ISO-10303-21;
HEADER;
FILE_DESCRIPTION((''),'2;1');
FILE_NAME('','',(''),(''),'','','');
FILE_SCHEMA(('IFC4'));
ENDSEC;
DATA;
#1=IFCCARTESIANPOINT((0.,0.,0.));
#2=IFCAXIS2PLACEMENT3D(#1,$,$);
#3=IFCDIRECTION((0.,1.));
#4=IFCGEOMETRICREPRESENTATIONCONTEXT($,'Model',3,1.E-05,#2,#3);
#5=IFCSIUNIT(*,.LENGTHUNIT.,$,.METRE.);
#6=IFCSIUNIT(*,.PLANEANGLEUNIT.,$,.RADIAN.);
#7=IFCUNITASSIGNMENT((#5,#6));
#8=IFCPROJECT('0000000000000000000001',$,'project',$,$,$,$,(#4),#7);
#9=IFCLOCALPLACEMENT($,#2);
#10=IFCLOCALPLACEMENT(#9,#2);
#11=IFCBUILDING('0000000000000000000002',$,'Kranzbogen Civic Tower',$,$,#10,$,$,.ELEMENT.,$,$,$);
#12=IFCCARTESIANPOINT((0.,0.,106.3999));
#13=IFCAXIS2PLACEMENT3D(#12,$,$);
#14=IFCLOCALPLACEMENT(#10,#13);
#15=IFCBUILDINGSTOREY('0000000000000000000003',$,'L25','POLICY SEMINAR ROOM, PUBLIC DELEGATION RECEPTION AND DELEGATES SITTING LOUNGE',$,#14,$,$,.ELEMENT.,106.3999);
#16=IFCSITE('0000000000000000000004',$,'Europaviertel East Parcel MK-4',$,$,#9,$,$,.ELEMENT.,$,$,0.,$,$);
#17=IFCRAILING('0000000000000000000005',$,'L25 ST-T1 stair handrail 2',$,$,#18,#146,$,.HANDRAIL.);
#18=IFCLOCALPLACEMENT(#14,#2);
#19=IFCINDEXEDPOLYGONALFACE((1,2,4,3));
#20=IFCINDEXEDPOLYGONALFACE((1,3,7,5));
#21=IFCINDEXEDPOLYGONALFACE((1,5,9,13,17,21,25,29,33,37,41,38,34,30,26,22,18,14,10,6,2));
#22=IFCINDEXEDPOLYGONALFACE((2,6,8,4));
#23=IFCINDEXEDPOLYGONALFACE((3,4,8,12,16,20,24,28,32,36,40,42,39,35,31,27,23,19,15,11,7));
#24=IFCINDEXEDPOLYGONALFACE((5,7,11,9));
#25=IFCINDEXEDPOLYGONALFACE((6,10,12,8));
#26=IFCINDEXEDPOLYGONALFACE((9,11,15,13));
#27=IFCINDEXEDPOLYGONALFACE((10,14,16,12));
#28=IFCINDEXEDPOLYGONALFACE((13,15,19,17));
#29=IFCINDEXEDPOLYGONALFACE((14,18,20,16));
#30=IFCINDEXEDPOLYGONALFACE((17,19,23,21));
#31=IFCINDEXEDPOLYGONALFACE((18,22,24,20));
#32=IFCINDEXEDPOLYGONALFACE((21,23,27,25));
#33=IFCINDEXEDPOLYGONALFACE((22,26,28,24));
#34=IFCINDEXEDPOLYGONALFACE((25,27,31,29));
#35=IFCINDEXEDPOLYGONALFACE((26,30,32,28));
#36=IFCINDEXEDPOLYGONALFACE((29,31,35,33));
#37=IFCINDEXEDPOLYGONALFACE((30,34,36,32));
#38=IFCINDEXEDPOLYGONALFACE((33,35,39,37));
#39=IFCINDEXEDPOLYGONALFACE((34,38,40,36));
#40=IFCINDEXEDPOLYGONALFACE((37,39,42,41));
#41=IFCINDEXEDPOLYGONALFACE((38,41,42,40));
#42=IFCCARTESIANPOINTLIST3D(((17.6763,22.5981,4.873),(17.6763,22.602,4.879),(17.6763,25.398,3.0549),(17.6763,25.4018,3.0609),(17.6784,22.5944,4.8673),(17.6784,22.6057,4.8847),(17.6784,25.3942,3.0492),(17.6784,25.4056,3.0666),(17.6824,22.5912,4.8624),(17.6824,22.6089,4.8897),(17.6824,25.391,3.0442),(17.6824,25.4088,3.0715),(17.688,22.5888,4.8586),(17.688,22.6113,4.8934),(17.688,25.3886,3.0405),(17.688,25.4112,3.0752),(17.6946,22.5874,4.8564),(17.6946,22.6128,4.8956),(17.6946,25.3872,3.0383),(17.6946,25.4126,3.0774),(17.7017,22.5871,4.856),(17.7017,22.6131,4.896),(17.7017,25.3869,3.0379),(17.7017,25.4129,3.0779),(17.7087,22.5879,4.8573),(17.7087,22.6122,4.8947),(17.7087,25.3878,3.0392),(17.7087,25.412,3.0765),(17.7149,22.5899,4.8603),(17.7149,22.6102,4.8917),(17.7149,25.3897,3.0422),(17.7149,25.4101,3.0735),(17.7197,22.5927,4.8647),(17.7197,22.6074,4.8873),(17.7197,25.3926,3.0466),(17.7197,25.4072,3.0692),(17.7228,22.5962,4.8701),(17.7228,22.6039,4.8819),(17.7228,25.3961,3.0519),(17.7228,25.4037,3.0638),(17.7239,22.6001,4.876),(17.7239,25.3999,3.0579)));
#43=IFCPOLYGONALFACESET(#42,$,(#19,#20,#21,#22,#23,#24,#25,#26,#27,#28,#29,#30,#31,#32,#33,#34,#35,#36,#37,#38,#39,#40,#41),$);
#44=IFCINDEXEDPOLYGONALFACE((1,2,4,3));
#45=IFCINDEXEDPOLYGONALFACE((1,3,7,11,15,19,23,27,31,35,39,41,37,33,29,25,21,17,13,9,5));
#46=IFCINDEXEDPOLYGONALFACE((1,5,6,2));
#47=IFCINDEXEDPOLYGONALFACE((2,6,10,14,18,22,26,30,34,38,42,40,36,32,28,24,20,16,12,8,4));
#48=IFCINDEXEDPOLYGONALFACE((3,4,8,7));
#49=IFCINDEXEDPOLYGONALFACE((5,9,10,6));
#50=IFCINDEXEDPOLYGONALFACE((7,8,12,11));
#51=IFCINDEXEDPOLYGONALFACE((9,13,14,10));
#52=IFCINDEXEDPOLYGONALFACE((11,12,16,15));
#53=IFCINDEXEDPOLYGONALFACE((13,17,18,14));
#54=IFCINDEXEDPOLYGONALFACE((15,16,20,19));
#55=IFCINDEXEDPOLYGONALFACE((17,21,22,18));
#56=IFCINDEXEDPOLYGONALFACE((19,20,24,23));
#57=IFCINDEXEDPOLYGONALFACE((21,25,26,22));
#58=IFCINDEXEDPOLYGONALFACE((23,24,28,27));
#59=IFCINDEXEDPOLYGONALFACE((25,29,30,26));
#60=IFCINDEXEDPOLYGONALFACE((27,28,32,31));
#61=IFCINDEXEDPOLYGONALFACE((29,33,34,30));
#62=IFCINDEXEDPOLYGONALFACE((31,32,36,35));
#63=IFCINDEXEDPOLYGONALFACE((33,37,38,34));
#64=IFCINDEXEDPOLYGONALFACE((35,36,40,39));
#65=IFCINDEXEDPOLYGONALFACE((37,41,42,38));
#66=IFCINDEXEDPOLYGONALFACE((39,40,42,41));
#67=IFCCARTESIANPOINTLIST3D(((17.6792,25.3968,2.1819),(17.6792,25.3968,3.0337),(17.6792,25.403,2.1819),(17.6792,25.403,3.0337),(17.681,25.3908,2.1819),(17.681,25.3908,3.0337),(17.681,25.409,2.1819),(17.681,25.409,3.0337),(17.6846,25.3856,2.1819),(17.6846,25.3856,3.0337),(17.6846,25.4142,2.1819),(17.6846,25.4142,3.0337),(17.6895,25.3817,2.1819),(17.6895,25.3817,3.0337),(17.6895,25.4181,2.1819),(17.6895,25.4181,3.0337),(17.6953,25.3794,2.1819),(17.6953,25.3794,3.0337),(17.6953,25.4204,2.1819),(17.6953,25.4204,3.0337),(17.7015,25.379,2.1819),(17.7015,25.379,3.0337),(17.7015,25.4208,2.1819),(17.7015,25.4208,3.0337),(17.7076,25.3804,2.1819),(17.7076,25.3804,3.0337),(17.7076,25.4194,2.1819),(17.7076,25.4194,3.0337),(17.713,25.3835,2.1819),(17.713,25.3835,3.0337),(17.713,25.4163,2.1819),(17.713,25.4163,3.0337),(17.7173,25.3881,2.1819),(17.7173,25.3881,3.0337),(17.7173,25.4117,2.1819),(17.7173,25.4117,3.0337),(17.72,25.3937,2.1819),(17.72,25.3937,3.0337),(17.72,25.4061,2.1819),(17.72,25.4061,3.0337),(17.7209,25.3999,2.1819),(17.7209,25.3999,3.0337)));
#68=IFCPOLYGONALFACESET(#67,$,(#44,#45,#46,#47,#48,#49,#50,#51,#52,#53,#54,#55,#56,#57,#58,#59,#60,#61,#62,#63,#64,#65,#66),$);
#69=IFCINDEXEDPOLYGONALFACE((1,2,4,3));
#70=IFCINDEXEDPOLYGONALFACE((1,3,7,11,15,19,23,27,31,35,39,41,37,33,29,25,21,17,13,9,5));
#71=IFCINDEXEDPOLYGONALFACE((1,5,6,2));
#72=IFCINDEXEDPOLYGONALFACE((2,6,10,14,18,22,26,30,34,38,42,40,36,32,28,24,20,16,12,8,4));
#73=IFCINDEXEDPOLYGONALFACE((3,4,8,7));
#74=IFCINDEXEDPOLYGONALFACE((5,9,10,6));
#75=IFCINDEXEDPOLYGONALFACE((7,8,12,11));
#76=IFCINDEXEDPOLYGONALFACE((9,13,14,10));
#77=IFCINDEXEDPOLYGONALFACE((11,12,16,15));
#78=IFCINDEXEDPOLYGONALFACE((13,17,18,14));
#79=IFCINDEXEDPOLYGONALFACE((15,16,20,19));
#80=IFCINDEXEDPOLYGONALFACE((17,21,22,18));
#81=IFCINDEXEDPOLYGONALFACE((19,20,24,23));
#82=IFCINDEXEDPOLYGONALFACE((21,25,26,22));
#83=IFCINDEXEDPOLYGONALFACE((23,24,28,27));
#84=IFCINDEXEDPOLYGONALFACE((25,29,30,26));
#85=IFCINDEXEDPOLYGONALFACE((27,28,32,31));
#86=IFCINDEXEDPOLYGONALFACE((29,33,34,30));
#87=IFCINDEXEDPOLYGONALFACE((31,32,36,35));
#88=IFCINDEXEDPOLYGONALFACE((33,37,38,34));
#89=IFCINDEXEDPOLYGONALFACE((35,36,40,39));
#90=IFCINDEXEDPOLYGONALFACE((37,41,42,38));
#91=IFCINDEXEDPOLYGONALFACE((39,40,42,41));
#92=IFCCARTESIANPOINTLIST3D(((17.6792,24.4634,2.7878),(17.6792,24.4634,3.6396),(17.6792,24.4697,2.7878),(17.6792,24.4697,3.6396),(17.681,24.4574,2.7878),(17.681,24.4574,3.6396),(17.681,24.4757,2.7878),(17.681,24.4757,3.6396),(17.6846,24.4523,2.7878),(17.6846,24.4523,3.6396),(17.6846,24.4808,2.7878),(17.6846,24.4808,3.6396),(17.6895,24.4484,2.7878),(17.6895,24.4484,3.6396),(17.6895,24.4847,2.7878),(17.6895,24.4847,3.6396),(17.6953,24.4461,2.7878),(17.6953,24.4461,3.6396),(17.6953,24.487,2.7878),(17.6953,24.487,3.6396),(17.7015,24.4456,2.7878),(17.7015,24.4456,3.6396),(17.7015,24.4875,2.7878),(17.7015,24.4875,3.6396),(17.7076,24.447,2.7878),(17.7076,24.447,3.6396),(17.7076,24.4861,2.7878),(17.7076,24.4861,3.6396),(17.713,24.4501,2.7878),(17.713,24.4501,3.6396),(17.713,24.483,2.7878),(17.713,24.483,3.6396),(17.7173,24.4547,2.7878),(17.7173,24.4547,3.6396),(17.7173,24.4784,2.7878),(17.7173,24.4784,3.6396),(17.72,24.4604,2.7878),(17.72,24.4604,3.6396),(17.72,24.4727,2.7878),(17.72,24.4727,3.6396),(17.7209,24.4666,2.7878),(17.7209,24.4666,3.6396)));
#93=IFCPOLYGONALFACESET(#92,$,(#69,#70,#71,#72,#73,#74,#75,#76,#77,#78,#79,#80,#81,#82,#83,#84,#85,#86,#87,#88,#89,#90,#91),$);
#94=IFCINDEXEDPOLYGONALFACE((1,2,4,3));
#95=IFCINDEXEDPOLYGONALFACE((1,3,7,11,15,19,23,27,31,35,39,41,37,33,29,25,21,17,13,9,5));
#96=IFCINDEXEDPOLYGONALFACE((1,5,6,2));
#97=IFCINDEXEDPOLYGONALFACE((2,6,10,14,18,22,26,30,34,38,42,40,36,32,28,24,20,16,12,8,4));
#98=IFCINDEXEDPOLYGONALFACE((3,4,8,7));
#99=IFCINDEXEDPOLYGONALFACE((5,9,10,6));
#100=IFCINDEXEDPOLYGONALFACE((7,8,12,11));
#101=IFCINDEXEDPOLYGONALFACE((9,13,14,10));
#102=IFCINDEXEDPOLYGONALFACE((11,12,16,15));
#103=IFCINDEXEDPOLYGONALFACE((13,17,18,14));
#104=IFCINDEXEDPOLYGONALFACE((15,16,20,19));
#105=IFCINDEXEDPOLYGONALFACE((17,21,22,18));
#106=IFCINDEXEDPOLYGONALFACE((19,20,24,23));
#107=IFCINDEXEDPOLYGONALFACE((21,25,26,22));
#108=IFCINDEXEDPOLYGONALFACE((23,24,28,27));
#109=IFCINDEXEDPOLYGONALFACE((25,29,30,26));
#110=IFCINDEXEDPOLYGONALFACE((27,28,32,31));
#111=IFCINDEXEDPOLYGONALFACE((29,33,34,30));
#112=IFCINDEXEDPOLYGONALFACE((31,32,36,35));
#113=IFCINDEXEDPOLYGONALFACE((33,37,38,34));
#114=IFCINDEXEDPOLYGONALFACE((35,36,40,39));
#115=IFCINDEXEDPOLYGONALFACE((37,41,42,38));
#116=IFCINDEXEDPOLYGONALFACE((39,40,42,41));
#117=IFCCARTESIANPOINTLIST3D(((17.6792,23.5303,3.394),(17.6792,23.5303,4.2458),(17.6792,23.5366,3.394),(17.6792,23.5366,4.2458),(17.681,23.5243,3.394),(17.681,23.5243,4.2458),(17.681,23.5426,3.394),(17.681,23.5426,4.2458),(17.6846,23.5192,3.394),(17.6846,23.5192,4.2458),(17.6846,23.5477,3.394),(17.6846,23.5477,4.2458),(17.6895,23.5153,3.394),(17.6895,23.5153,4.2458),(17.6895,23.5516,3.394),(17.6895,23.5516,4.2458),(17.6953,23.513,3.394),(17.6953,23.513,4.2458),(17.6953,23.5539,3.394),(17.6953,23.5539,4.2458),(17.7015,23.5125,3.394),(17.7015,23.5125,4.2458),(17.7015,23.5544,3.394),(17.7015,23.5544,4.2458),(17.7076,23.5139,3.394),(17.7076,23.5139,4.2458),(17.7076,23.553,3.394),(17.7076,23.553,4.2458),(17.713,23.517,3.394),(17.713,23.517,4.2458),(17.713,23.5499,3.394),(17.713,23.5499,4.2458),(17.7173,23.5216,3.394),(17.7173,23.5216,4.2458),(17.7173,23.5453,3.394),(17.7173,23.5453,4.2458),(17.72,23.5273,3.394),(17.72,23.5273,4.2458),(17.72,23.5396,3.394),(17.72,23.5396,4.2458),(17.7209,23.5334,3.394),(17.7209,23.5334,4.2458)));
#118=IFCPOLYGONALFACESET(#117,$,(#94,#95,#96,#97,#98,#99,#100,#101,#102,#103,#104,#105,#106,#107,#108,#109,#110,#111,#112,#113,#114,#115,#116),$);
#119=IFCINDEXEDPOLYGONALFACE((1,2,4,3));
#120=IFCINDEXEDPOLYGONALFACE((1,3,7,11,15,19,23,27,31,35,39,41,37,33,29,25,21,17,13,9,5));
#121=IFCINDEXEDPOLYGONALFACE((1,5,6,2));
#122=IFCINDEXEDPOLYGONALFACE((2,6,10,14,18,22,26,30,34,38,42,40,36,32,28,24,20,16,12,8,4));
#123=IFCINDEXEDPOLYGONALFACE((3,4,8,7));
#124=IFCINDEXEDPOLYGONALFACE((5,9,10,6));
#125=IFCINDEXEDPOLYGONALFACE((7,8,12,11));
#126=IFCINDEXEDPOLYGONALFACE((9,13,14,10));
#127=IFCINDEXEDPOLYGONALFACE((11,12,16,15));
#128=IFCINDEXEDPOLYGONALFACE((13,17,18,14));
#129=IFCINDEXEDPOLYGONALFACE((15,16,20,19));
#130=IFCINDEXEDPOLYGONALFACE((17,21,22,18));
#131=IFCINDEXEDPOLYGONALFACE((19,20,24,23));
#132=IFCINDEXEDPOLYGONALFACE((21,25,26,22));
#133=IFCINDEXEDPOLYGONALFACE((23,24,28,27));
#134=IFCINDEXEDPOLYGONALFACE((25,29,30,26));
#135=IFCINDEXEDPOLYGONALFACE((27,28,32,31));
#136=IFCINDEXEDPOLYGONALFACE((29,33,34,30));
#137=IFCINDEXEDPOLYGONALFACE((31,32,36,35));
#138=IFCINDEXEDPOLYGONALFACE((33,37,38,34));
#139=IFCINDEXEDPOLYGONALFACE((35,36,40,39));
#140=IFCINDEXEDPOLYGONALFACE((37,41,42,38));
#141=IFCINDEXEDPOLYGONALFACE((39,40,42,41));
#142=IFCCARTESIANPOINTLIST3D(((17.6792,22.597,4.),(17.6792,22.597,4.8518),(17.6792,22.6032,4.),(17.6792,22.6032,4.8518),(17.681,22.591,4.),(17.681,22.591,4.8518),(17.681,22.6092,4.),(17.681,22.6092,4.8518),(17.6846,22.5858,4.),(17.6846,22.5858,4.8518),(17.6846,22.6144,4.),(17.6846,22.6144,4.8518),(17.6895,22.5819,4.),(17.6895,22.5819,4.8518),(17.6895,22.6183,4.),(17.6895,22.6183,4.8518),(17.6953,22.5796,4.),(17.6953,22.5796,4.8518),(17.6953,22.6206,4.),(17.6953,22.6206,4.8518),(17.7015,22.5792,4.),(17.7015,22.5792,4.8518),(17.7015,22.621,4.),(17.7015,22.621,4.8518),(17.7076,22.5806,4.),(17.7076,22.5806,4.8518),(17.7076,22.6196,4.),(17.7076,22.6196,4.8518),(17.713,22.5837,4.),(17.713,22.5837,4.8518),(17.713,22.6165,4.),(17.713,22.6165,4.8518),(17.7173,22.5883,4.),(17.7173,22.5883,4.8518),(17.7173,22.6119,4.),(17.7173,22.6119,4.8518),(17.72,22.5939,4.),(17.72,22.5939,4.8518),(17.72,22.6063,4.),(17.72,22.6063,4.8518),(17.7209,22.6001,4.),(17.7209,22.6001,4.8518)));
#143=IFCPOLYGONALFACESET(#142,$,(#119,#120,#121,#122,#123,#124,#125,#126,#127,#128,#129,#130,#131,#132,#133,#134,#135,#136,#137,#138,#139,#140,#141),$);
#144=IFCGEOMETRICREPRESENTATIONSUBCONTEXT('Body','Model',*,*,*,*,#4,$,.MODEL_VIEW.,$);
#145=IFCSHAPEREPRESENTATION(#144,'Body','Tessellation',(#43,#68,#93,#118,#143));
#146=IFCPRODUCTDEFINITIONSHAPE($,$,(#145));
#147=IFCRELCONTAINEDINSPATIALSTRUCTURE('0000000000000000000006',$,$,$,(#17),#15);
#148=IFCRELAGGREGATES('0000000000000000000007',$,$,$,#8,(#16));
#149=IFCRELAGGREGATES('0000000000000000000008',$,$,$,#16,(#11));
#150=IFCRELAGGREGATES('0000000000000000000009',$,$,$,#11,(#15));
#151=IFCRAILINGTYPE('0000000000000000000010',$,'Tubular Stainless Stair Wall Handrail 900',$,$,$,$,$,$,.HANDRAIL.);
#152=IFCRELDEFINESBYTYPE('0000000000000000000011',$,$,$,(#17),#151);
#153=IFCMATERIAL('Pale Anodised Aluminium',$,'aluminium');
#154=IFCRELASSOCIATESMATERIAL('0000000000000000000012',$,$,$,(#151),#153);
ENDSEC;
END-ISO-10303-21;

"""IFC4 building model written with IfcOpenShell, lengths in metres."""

from ifc_helpers import new_model, si_unit, direction, frame, origin, origin_2d, place, context, subcontext, project, spatial, circle, extrude, material, type_object, element, save


model = new_model("IFC4")

# Units and contexts
model_context = context("Model", 3, precision=1e-05, world=origin(), true_north=direction((0.0, 1.0)))
body_context = subcontext(model_context, "Body", "Model", "MODEL_VIEW")
ifc_project = project(units=[si_unit("LENGTHUNIT", "METRE"), si_unit("PLANEANGLEUNIT", "RADIAN")], contexts=[model_context])

# Site, building, storey
site_placement = place(None, origin())
site = spatial("IfcSite", under=ifc_project, at=site_placement, Name="Europaviertel East Parcel MK-4", CompositionType="ELEMENT", RefElevation=0.0)
building_placement = place(site_placement, origin())
building = spatial("IfcBuilding", under=site, at=building_placement, Name="Kranzbogen Civic Tower", CompositionType="ELEMENT")
storey_placement = place(building_placement, frame((0.0, 0.0, 106.3999)))
storey = spatial("IfcBuildingStorey", under=building, at=storey_placement, Name="L25", Description="POLICY SEMINAR ROOM, PUBLIC DELEGATION RECEPTION AND DELEGATES SITTING LOUNGE", CompositionType="ELEMENT", Elevation=106.3999)

# Shared definitions
ifc_material_1 = material(Name="Pale Anodised Aluminium", Category="aluminium")

# Railing
railing_type_1 = type_object("IfcRailingType", Name="Tubular Stainless Stair Wall Handrail 900", PredefinedType="HANDRAIL", material=ifc_material_1)
railing_1_placement = place(storey_placement, frame((17.7, 25.3999, 2.1819)))
element("IfcRailing", 1, at=railing_1_placement, inside=storey, type_object=railing_type_1, Name="L25 ST-T1 stair handrail 2", PredefinedType="HANDRAIL", context=body_context, shape_type="SweptSolid", body=[
    extrude(circle(Radius=0.0239, at=origin_2d()), frame((0.0, 0.0, 0.876), z_axis=(0.0, -0.838684, 0.544618), x_axis=(1.0, 0.0, 0.0)), (0.0, 0.0, 1.0), 3.3384),
    extrude(circle(Radius=0.021, at=origin_2d()), origin(), (0.0, 0.0, 1.0), 0.8518),
    extrude(circle(Radius=0.021, at=origin_2d()), frame((0.0, -0.9333, 0.606)), (0.0, 0.0, 1.0), 0.8518),
    extrude(circle(Radius=0.021, at=origin_2d()), frame((0.0, -1.8665, 1.2122)), (0.0, 0.0, 1.0), 0.8518),
    extrude(circle(Radius=0.021, at=origin_2d()), frame((0.0, -2.7998, 1.8181)), (0.0, 0.0, 1.0), 0.8518),
])

save(model, "model.ifc")
